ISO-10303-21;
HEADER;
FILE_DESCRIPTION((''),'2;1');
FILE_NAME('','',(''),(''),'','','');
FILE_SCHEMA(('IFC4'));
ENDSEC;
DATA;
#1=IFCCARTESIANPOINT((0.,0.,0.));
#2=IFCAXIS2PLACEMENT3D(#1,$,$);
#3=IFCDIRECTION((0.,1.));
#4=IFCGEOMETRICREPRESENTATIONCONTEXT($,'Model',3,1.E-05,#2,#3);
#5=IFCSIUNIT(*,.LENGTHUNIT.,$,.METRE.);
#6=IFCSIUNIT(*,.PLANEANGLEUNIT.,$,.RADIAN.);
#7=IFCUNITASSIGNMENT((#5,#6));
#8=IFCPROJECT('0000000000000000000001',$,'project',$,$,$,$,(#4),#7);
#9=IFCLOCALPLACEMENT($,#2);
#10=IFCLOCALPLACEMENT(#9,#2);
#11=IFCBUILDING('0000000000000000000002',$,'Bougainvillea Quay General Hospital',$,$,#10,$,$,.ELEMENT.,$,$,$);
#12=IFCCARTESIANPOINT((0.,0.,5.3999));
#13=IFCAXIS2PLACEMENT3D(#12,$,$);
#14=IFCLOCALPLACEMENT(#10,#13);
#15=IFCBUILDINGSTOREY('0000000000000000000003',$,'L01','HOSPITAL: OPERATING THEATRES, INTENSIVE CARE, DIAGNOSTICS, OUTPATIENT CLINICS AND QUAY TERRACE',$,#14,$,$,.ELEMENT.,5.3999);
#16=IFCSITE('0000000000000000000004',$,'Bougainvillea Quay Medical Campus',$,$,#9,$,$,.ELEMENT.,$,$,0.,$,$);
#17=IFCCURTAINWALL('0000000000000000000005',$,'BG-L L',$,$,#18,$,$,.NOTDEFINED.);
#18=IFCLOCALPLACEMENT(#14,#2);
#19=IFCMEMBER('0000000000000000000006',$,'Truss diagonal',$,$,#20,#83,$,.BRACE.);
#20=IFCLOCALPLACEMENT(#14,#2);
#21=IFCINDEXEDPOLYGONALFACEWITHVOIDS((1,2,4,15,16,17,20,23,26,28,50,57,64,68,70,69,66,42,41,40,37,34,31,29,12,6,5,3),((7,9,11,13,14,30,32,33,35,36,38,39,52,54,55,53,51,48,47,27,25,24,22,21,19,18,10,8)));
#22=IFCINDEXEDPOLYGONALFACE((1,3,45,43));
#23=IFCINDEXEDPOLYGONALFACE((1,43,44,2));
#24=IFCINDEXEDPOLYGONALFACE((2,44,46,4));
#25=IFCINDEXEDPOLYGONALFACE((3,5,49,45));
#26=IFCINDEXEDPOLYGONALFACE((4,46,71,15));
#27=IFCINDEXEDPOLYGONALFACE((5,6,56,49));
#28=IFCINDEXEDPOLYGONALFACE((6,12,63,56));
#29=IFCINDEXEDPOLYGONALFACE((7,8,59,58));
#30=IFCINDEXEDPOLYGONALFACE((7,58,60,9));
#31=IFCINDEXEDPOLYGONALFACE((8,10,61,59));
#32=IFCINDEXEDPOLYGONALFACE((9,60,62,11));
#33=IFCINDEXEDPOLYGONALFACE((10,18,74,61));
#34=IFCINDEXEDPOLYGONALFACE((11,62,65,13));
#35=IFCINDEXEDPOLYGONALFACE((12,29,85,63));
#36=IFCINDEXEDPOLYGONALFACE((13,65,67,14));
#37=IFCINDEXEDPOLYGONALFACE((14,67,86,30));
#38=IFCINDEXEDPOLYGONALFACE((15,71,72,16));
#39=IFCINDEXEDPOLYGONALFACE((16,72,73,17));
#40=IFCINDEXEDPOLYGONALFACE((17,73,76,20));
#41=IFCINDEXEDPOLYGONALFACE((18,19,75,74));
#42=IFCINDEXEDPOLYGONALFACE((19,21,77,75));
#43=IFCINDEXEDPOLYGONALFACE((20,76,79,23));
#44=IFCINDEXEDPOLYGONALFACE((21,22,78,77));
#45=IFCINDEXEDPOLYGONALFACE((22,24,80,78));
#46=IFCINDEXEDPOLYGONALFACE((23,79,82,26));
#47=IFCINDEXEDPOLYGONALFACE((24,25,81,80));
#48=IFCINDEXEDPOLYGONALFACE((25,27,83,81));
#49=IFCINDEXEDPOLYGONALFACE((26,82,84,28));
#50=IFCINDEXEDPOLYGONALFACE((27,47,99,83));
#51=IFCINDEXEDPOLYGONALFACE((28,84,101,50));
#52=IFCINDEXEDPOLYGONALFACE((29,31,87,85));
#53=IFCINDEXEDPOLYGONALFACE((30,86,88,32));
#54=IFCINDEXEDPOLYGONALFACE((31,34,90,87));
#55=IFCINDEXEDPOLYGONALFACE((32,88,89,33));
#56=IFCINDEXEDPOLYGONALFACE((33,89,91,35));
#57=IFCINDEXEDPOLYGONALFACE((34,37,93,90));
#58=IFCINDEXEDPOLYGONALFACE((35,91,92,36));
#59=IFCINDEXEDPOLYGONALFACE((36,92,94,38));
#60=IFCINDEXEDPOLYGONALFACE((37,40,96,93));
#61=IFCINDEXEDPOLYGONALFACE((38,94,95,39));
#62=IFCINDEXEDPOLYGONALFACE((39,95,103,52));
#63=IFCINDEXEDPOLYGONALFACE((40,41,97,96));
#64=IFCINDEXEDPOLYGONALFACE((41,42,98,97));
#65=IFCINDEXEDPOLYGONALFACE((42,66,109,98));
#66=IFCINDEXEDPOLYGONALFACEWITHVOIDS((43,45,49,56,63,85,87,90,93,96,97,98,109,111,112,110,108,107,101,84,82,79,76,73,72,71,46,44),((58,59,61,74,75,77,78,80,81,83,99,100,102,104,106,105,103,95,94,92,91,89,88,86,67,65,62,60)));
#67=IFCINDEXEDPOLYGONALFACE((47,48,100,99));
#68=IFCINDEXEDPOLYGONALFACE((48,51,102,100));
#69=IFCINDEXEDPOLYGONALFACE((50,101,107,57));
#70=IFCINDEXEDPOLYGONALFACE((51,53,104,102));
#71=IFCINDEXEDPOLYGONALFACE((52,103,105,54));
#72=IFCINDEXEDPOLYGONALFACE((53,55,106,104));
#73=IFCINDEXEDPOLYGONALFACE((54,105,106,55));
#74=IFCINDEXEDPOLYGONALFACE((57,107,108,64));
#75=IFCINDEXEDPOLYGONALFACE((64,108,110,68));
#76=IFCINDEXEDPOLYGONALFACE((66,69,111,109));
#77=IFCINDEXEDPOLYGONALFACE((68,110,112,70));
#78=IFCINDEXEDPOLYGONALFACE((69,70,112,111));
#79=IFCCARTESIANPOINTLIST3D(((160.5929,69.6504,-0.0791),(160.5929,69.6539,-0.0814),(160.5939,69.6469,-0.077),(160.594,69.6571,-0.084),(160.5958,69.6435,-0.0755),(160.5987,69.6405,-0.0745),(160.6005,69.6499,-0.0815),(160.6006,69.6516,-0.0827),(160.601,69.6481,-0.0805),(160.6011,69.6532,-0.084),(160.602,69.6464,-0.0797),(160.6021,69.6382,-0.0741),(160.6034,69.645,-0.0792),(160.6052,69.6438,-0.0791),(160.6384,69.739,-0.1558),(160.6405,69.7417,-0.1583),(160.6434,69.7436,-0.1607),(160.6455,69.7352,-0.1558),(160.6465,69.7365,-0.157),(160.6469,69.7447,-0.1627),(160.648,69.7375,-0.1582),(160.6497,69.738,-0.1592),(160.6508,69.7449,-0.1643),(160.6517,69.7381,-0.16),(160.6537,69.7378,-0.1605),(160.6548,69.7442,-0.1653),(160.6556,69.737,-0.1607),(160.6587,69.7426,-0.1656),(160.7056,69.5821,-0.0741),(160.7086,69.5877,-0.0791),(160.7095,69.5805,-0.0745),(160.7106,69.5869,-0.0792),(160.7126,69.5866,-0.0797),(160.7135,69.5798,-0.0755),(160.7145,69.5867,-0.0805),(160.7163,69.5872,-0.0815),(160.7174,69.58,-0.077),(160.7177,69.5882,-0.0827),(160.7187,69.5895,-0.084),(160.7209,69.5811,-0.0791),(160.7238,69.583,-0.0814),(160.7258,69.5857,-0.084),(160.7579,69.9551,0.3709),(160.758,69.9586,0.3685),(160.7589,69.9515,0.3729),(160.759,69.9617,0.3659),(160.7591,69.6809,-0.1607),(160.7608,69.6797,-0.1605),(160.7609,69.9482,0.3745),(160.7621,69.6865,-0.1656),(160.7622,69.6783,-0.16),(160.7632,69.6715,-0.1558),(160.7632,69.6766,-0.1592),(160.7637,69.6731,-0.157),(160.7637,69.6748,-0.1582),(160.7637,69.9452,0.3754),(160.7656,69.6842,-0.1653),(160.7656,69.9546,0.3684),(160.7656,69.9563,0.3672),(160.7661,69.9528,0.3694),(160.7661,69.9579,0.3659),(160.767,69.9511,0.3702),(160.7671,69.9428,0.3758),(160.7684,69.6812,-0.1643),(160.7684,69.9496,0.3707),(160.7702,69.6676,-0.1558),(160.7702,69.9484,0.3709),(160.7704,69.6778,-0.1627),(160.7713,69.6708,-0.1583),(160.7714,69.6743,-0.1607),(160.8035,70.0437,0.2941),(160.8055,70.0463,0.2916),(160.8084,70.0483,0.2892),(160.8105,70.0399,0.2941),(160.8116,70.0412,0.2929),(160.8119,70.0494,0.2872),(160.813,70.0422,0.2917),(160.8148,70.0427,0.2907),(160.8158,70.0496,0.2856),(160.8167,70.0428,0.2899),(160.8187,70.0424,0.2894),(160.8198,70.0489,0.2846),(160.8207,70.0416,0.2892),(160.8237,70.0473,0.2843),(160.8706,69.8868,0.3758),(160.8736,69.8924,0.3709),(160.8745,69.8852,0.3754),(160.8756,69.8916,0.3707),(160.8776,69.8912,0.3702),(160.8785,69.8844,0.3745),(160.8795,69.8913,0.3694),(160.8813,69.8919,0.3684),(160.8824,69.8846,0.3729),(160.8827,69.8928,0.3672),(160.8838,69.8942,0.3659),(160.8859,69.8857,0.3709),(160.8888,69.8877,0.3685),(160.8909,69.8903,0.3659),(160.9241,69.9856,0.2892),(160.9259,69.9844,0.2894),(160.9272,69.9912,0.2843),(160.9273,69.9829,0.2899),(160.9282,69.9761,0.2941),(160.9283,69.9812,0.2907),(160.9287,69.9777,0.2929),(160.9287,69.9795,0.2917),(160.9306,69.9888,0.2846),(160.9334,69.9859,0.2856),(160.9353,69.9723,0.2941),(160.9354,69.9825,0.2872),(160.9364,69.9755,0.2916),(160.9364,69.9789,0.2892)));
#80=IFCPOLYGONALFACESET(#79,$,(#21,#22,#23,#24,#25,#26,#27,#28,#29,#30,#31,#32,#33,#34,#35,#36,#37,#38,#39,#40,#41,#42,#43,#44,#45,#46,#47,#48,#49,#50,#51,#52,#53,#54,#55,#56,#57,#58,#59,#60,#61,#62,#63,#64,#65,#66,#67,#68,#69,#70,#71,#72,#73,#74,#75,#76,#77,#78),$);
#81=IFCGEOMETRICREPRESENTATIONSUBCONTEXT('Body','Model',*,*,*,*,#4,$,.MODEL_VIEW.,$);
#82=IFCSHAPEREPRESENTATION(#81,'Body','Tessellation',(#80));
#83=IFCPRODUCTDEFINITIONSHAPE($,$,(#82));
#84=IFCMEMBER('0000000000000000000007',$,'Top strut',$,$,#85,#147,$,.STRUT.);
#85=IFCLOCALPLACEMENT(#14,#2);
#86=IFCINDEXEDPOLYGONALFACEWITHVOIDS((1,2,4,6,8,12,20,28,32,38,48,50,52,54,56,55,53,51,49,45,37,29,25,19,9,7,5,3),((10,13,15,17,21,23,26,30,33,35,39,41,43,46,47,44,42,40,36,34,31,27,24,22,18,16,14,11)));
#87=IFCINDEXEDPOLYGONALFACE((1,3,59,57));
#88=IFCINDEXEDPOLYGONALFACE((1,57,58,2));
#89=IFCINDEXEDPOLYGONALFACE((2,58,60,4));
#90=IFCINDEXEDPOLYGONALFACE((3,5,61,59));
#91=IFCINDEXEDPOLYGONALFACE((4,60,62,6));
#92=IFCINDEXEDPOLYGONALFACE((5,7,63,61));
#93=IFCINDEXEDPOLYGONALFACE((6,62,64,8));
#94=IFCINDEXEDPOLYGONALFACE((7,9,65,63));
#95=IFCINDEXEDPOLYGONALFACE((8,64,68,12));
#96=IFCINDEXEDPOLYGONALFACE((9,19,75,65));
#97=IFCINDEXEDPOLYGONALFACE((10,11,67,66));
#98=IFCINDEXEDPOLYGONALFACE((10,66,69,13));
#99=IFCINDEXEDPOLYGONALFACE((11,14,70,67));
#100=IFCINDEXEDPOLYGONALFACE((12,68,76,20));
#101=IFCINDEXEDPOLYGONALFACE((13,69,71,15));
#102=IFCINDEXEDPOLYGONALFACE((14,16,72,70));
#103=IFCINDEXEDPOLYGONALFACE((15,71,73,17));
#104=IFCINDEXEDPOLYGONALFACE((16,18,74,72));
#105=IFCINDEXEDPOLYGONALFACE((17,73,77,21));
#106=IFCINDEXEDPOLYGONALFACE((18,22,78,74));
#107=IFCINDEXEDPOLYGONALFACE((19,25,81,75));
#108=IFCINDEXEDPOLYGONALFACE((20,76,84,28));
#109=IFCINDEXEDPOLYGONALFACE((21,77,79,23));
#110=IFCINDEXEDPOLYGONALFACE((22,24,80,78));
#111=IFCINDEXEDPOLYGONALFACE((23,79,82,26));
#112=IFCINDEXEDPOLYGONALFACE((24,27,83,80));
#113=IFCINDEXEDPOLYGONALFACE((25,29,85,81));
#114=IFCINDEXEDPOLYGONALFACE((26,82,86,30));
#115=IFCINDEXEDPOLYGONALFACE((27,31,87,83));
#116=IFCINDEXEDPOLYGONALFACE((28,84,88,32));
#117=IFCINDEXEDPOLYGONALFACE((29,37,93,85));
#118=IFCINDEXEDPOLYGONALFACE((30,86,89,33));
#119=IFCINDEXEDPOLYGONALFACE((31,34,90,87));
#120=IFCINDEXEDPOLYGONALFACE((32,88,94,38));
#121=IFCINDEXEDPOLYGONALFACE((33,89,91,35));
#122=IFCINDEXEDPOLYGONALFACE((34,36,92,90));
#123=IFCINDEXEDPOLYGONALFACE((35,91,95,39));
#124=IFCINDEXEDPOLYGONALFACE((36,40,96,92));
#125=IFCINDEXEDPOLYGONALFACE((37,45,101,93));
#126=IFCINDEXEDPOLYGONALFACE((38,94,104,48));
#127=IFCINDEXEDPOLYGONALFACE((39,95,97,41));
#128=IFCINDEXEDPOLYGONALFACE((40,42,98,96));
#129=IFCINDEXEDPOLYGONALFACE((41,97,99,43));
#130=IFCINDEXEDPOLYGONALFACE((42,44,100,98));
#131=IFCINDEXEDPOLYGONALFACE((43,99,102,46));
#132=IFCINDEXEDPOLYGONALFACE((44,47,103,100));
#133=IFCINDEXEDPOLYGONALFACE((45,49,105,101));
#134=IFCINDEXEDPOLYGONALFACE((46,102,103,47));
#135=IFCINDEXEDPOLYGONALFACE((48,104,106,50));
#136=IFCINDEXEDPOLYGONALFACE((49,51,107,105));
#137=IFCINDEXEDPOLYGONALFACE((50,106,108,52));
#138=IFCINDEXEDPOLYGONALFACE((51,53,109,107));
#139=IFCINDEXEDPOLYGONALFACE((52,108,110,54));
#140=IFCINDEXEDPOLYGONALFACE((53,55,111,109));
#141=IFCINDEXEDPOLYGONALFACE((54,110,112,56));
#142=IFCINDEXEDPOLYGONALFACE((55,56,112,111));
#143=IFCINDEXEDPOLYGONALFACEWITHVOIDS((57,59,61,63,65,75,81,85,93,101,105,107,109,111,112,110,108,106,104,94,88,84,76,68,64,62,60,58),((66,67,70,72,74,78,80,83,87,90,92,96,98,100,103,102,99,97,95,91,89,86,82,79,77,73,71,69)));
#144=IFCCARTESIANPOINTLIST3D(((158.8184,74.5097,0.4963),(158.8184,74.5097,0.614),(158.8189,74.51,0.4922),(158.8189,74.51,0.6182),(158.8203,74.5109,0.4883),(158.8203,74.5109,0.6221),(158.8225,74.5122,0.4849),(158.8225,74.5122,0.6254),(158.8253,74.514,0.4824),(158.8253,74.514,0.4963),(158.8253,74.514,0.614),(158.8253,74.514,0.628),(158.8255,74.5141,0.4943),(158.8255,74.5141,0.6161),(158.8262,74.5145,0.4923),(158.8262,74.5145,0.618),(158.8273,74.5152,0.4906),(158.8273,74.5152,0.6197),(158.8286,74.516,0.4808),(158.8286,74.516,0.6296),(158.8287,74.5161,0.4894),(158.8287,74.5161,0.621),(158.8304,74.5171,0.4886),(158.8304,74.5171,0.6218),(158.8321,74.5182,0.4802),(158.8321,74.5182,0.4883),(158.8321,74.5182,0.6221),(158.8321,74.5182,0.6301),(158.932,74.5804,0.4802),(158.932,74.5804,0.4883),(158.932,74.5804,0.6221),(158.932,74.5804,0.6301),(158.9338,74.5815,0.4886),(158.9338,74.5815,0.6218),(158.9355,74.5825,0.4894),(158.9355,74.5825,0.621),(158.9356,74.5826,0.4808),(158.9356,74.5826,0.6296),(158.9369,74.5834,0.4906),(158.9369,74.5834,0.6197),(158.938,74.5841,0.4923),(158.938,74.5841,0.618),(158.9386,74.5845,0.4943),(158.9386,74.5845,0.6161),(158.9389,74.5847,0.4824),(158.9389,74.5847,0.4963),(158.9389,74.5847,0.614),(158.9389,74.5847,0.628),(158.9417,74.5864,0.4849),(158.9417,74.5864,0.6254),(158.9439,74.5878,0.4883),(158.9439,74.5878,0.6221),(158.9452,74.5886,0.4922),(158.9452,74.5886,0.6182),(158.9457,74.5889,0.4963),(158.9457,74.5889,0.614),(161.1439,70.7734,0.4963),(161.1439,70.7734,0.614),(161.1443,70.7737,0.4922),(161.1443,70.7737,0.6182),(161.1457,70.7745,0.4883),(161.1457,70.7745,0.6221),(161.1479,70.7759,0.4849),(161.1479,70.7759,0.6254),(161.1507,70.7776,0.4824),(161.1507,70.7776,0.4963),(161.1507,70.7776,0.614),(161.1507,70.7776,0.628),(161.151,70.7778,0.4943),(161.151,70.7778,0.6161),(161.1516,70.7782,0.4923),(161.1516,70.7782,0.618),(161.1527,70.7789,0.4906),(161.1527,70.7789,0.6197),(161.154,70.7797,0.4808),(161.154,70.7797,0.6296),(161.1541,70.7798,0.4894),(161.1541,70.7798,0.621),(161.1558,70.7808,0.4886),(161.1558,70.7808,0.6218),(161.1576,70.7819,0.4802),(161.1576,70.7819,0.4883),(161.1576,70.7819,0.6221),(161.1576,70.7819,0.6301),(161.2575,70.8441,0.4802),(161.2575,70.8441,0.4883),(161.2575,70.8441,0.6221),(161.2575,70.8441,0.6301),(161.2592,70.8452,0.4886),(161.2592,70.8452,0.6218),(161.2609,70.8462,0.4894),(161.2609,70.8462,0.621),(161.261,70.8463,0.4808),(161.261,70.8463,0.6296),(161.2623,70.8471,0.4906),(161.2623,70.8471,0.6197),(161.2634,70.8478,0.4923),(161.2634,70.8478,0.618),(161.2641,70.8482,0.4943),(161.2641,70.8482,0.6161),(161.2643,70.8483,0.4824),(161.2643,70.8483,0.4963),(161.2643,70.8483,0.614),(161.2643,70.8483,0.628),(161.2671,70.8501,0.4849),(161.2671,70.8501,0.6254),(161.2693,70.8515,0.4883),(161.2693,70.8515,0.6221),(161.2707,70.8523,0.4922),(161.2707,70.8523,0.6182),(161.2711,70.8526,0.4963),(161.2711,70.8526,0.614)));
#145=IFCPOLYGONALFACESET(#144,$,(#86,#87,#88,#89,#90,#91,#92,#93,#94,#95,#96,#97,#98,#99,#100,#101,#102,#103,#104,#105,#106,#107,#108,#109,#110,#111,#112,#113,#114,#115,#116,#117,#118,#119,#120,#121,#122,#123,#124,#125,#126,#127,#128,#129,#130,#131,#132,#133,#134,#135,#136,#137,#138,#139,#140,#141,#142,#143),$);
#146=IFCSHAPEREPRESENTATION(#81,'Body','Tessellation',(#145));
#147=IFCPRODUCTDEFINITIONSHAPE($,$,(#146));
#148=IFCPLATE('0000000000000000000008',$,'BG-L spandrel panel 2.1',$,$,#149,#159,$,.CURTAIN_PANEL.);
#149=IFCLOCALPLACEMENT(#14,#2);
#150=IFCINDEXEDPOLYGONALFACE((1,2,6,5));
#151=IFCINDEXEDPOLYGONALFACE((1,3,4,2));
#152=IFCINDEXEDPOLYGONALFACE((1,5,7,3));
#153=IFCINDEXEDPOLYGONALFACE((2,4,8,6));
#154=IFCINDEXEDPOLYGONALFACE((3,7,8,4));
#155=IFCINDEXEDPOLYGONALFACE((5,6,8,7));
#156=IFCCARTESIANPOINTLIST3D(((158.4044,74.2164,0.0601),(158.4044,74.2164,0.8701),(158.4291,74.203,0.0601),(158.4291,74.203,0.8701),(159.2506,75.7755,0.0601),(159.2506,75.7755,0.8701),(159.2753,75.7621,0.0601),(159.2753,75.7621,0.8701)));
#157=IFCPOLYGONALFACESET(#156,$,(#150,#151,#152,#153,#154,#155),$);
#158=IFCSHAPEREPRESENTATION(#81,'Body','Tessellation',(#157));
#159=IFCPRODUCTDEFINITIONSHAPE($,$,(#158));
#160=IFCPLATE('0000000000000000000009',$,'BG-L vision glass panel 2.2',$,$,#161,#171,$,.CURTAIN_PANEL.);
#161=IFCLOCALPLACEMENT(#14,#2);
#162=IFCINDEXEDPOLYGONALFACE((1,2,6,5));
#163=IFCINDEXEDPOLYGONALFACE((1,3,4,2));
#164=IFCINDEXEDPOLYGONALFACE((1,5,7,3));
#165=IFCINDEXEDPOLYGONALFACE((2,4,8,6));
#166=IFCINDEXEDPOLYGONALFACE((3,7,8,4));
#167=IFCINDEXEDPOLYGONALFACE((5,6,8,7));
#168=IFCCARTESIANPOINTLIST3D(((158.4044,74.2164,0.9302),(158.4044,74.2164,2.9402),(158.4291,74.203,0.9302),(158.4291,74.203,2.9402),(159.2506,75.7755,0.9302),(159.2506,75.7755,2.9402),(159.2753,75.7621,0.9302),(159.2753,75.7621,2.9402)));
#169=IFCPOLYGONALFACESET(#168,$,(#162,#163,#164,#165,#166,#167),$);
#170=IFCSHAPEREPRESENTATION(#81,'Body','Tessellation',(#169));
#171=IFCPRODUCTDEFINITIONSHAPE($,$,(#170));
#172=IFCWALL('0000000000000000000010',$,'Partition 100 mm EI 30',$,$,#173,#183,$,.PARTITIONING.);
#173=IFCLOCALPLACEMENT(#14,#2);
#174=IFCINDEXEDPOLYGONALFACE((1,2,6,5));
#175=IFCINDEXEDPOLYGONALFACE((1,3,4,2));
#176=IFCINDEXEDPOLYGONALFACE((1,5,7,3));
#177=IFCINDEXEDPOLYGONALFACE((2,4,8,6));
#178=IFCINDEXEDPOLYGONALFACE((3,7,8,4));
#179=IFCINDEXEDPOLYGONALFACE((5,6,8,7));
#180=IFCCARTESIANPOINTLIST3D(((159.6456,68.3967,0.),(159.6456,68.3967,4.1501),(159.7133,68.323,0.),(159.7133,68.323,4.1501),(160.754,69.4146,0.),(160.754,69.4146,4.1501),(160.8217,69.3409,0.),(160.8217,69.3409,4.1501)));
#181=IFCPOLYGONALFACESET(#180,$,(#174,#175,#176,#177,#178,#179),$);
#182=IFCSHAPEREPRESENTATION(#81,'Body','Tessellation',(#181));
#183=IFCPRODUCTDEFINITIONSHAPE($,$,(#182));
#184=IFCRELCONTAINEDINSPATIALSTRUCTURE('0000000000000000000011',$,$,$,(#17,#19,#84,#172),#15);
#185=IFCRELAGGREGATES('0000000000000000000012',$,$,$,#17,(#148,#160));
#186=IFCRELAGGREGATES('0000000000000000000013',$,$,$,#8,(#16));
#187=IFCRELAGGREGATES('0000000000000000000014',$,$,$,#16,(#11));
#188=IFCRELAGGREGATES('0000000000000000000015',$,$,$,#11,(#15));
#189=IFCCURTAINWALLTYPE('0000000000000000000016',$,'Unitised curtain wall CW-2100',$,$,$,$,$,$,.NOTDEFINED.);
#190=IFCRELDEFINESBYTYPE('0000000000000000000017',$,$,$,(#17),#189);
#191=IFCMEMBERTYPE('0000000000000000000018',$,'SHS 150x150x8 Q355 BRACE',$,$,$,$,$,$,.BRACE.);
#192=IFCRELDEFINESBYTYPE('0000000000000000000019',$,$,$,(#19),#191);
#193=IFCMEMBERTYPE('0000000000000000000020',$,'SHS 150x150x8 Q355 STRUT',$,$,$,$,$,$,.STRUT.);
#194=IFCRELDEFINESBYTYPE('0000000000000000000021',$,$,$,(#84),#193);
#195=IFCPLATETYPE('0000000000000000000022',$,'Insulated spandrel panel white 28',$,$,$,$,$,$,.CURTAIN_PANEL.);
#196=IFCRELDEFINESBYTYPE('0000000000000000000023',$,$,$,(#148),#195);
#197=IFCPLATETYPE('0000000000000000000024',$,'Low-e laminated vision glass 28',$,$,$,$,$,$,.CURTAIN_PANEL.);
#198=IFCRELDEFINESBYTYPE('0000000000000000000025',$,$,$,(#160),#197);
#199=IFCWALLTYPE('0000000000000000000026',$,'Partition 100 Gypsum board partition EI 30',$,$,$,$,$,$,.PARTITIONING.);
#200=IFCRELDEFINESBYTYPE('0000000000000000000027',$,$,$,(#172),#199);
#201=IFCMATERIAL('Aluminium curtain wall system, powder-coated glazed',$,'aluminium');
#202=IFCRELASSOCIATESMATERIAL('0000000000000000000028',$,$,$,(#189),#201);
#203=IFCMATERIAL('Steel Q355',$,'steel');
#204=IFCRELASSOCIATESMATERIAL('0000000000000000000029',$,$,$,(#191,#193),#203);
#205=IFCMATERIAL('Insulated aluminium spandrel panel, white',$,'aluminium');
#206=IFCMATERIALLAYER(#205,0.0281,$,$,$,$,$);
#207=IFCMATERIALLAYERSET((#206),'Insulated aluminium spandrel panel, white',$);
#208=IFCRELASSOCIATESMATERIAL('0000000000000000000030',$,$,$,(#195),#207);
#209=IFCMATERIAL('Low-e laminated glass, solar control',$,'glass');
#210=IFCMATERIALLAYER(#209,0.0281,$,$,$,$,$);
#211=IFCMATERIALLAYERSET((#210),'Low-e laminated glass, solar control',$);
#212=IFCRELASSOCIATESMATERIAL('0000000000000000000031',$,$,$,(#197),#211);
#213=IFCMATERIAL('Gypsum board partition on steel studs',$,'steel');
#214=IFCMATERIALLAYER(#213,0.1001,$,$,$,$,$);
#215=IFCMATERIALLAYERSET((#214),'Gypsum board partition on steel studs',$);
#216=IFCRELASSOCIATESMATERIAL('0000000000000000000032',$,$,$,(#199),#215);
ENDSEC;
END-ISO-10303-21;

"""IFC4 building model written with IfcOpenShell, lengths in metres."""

from ifc_helpers import new_model, si_unit, direction, frame, frame_2d, origin, origin_2d, place, context, subcontext, project, spatial, rectangle, hollow_rectangle, extrude, material, layer, layer_set, material_profile, profile_set, type_object, element, aggregate, save


model = new_model("IFC4")

# Units and contexts
model_context = context("Model", 3, precision=1e-05, world=origin(), true_north=direction((0.0, 1.0)))
body_context = subcontext(model_context, "Body", "Model", "MODEL_VIEW")
ifc_project = project(units=[si_unit("LENGTHUNIT", "METRE"), si_unit("PLANEANGLEUNIT", "RADIAN")], contexts=[model_context])

# Site, building, storey
site_placement = place(None, origin())
site = spatial("IfcSite", under=ifc_project, at=site_placement, Name="Bougainvillea Quay Medical Campus", CompositionType="ELEMENT", RefElevation=0.0)
building_placement = place(site_placement, origin())
building = spatial("IfcBuilding", under=site, at=building_placement, Name="Bougainvillea Quay General Hospital", CompositionType="ELEMENT")
storey_placement = place(building_placement, frame((0.0, 0.0, 5.3999)))
storey = spatial("IfcBuildingStorey", under=building, at=storey_placement, Name="L01", Description="HOSPITAL: OPERATING THEATRES, INTENSIVE CARE, DIAGNOSTICS, OUTPATIENT CLINICS AND QUAY TERRACE", CompositionType="ELEMENT", Elevation=5.3999)

# Curtain wall
ifc_material_1 = material(Name="Aluminium curtain wall system, powder-coated glazed", Category="aluminium")
curtain_wall_type = type_object("IfcCurtainWallType", Name="Unitised curtain wall CW-2100", PredefinedType="NOTDEFINED", material=ifc_material_1)
curtain_wall_1_placement = place(storey_placement, origin())
curtain_wall_1 = element("IfcCurtainWall", 1, at=curtain_wall_1_placement, inside=storey, type_object=curtain_wall_type, Name="BG-L L", PredefinedType="NOTDEFINED")

# Shared definitions
ifc_material_2 = material(Name="Steel Q355", Category="steel")

# Members
ifc_material_profile_1 = material_profile(ifc_material_2, hollow_rectangle(XDim=0.1499, YDim=0.1499, WallThickness=0.0081, InnerFilletRadius=0.0081, OuterFilletRadius=0.0161, at=origin_2d()))
ifc_profile_set_1 = profile_set([ifc_material_profile_1], Name="Steel Q355")
member_type_1 = type_object("IfcMemberType", Name="SHS 150x150x8 Q355 BRACE", PredefinedType="BRACE", material=ifc_profile_set_1)
member_1_placement = place(storey_placement, frame((160.6821, 69.6624, -0.1199), z_axis=(0.290605, 0.536501, 0.792285), x_axis=(-0.879292, 0.476283, 0.0)))
element("IfcMember", 2, at=member_1_placement, inside=storey, type_object=member_type_1, Name="Truss diagonal", PredefinedType="BRACE", context=body_context, shape_type="SweptSolid", body=[
    extrude(hollow_rectangle(XDim=0.1499, YDim=0.1499, WallThickness=0.0081, InnerFilletRadius=0.0081, OuterFilletRadius=0.0161, at=origin_2d()), origin(), (0.0, 0.0, 1.0), 0.5679),
])
ifc_material_profile_2 = material_profile(ifc_material_2, hollow_rectangle(XDim=0.1499, YDim=0.1499, WallThickness=0.0081, InnerFilletRadius=0.0081, OuterFilletRadius=0.0161, at=origin_2d()))
ifc_profile_set_2 = profile_set([ifc_material_profile_2], Name="Steel Q355")
member_type_2 = type_object("IfcMemberType", Name="SHS 150x150x8 Q355 STRUT", PredefinedType="STRUT", material=ifc_profile_set_2)
member_2_placement = place(storey_placement, frame((158.8821, 74.5493, 0.5552), z_axis=(0.528402, -0.848994, 0.0), x_axis=(0.848994, 0.528402, 0.0)))
element("IfcMember", 3, at=member_2_placement, inside=storey, type_object=member_type_2, Name="Top strut", PredefinedType="STRUT", context=body_context, shape_type="SweptSolid", body=[
    extrude(hollow_rectangle(XDim=0.1499, YDim=0.1499, WallThickness=0.0081, InnerFilletRadius=0.0081, OuterFilletRadius=0.0161, at=origin_2d()), origin(), (0.0, 0.0, 1.0), 4.4009),
])

# Plates
ifc_material_3 = material(Name="Insulated aluminium spandrel panel, white", Category="aluminium")
ifc_layer_1 = layer(ifc_material_3, 0.0281)
ifc_layer_set_1 = layer_set([ifc_layer_1], Name="Insulated aluminium spandrel panel, white")
plate_type_1 = type_object("IfcPlateType", Name="Insulated spandrel panel white 28", PredefinedType="CURTAIN_PANEL", material=ifc_layer_set_1)
plate_1_placement = place(storey_placement, frame((158.8398, 74.9893, 0.0601), z_axis=(0.0, 0.0, 1.0), x_axis=(0.477017, 0.878894, 0.0)))
plate_1 = element("IfcPlate", 4, at=plate_1_placement, type_object=plate_type_1, Name="BG-L spandrel panel 2.1", PredefinedType="CURTAIN_PANEL", context=body_context, shape_type="SweptSolid", body=[
    extrude(rectangle(XDim=1.7739, YDim=0.0281, at=origin_2d()), origin(), (0.0, 0.0, 1.0), 0.8101),
])
ifc_material_4 = material(Name="Low-e laminated glass, solar control", Category="glass")
ifc_layer_2 = layer(ifc_material_4, 0.0281)
ifc_layer_set_2 = layer_set([ifc_layer_2], Name="Low-e laminated glass, solar control")
plate_type_2 = type_object("IfcPlateType", Name="Low-e laminated vision glass 28", PredefinedType="CURTAIN_PANEL", material=ifc_layer_set_2)
plate_2_placement = place(storey_placement, frame((158.8398, 74.9893, 0.9302), z_axis=(0.0, 0.0, 1.0), x_axis=(0.477017, 0.878894, 0.0)))
plate_2 = element("IfcPlate", 5, at=plate_2_placement, type_object=plate_type_2, Name="BG-L vision glass panel 2.2", PredefinedType="CURTAIN_PANEL", context=body_context, shape_type="SweptSolid", body=[
    extrude(rectangle(XDim=1.7739, YDim=0.0281, at=origin_2d()), origin(), (0.0, 0.0, 1.0), 2.01),
])
aggregate(curtain_wall_1, [plate_1, plate_2])

# Wall
ifc_material_5 = material(Name="Gypsum board partition on steel studs", Category="steel")
ifc_layer_3 = layer(ifc_material_5, 0.1001)
ifc_layer_set_3 = layer_set([ifc_layer_3], Name="Gypsum board partition on steel studs")
wall_type = type_object("IfcWallType", Name="Partition 100 Gypsum board partition EI 30", PredefinedType="PARTITIONING", material=ifc_layer_set_3)
wall_1_placement = place(storey_placement, frame((159.6794, 68.3599, 0.0), z_axis=(0.0, 0.0, 1.0), x_axis=(0.736561, 0.676371, 0.0)))
element("IfcWall", 6, at=wall_1_placement, inside=storey, type_object=wall_type, Name="Partition 100 mm EI 30", PredefinedType="PARTITIONING", context=body_context, shape_type="SweptSolid", body=[
    extrude(rectangle(XDim=1.5049, YDim=0.1001, at=frame_2d((0.7524, 0.0))), origin(), (0.0, 0.0, 1.0), 4.1501),
])

save(model, "model.ifc")
